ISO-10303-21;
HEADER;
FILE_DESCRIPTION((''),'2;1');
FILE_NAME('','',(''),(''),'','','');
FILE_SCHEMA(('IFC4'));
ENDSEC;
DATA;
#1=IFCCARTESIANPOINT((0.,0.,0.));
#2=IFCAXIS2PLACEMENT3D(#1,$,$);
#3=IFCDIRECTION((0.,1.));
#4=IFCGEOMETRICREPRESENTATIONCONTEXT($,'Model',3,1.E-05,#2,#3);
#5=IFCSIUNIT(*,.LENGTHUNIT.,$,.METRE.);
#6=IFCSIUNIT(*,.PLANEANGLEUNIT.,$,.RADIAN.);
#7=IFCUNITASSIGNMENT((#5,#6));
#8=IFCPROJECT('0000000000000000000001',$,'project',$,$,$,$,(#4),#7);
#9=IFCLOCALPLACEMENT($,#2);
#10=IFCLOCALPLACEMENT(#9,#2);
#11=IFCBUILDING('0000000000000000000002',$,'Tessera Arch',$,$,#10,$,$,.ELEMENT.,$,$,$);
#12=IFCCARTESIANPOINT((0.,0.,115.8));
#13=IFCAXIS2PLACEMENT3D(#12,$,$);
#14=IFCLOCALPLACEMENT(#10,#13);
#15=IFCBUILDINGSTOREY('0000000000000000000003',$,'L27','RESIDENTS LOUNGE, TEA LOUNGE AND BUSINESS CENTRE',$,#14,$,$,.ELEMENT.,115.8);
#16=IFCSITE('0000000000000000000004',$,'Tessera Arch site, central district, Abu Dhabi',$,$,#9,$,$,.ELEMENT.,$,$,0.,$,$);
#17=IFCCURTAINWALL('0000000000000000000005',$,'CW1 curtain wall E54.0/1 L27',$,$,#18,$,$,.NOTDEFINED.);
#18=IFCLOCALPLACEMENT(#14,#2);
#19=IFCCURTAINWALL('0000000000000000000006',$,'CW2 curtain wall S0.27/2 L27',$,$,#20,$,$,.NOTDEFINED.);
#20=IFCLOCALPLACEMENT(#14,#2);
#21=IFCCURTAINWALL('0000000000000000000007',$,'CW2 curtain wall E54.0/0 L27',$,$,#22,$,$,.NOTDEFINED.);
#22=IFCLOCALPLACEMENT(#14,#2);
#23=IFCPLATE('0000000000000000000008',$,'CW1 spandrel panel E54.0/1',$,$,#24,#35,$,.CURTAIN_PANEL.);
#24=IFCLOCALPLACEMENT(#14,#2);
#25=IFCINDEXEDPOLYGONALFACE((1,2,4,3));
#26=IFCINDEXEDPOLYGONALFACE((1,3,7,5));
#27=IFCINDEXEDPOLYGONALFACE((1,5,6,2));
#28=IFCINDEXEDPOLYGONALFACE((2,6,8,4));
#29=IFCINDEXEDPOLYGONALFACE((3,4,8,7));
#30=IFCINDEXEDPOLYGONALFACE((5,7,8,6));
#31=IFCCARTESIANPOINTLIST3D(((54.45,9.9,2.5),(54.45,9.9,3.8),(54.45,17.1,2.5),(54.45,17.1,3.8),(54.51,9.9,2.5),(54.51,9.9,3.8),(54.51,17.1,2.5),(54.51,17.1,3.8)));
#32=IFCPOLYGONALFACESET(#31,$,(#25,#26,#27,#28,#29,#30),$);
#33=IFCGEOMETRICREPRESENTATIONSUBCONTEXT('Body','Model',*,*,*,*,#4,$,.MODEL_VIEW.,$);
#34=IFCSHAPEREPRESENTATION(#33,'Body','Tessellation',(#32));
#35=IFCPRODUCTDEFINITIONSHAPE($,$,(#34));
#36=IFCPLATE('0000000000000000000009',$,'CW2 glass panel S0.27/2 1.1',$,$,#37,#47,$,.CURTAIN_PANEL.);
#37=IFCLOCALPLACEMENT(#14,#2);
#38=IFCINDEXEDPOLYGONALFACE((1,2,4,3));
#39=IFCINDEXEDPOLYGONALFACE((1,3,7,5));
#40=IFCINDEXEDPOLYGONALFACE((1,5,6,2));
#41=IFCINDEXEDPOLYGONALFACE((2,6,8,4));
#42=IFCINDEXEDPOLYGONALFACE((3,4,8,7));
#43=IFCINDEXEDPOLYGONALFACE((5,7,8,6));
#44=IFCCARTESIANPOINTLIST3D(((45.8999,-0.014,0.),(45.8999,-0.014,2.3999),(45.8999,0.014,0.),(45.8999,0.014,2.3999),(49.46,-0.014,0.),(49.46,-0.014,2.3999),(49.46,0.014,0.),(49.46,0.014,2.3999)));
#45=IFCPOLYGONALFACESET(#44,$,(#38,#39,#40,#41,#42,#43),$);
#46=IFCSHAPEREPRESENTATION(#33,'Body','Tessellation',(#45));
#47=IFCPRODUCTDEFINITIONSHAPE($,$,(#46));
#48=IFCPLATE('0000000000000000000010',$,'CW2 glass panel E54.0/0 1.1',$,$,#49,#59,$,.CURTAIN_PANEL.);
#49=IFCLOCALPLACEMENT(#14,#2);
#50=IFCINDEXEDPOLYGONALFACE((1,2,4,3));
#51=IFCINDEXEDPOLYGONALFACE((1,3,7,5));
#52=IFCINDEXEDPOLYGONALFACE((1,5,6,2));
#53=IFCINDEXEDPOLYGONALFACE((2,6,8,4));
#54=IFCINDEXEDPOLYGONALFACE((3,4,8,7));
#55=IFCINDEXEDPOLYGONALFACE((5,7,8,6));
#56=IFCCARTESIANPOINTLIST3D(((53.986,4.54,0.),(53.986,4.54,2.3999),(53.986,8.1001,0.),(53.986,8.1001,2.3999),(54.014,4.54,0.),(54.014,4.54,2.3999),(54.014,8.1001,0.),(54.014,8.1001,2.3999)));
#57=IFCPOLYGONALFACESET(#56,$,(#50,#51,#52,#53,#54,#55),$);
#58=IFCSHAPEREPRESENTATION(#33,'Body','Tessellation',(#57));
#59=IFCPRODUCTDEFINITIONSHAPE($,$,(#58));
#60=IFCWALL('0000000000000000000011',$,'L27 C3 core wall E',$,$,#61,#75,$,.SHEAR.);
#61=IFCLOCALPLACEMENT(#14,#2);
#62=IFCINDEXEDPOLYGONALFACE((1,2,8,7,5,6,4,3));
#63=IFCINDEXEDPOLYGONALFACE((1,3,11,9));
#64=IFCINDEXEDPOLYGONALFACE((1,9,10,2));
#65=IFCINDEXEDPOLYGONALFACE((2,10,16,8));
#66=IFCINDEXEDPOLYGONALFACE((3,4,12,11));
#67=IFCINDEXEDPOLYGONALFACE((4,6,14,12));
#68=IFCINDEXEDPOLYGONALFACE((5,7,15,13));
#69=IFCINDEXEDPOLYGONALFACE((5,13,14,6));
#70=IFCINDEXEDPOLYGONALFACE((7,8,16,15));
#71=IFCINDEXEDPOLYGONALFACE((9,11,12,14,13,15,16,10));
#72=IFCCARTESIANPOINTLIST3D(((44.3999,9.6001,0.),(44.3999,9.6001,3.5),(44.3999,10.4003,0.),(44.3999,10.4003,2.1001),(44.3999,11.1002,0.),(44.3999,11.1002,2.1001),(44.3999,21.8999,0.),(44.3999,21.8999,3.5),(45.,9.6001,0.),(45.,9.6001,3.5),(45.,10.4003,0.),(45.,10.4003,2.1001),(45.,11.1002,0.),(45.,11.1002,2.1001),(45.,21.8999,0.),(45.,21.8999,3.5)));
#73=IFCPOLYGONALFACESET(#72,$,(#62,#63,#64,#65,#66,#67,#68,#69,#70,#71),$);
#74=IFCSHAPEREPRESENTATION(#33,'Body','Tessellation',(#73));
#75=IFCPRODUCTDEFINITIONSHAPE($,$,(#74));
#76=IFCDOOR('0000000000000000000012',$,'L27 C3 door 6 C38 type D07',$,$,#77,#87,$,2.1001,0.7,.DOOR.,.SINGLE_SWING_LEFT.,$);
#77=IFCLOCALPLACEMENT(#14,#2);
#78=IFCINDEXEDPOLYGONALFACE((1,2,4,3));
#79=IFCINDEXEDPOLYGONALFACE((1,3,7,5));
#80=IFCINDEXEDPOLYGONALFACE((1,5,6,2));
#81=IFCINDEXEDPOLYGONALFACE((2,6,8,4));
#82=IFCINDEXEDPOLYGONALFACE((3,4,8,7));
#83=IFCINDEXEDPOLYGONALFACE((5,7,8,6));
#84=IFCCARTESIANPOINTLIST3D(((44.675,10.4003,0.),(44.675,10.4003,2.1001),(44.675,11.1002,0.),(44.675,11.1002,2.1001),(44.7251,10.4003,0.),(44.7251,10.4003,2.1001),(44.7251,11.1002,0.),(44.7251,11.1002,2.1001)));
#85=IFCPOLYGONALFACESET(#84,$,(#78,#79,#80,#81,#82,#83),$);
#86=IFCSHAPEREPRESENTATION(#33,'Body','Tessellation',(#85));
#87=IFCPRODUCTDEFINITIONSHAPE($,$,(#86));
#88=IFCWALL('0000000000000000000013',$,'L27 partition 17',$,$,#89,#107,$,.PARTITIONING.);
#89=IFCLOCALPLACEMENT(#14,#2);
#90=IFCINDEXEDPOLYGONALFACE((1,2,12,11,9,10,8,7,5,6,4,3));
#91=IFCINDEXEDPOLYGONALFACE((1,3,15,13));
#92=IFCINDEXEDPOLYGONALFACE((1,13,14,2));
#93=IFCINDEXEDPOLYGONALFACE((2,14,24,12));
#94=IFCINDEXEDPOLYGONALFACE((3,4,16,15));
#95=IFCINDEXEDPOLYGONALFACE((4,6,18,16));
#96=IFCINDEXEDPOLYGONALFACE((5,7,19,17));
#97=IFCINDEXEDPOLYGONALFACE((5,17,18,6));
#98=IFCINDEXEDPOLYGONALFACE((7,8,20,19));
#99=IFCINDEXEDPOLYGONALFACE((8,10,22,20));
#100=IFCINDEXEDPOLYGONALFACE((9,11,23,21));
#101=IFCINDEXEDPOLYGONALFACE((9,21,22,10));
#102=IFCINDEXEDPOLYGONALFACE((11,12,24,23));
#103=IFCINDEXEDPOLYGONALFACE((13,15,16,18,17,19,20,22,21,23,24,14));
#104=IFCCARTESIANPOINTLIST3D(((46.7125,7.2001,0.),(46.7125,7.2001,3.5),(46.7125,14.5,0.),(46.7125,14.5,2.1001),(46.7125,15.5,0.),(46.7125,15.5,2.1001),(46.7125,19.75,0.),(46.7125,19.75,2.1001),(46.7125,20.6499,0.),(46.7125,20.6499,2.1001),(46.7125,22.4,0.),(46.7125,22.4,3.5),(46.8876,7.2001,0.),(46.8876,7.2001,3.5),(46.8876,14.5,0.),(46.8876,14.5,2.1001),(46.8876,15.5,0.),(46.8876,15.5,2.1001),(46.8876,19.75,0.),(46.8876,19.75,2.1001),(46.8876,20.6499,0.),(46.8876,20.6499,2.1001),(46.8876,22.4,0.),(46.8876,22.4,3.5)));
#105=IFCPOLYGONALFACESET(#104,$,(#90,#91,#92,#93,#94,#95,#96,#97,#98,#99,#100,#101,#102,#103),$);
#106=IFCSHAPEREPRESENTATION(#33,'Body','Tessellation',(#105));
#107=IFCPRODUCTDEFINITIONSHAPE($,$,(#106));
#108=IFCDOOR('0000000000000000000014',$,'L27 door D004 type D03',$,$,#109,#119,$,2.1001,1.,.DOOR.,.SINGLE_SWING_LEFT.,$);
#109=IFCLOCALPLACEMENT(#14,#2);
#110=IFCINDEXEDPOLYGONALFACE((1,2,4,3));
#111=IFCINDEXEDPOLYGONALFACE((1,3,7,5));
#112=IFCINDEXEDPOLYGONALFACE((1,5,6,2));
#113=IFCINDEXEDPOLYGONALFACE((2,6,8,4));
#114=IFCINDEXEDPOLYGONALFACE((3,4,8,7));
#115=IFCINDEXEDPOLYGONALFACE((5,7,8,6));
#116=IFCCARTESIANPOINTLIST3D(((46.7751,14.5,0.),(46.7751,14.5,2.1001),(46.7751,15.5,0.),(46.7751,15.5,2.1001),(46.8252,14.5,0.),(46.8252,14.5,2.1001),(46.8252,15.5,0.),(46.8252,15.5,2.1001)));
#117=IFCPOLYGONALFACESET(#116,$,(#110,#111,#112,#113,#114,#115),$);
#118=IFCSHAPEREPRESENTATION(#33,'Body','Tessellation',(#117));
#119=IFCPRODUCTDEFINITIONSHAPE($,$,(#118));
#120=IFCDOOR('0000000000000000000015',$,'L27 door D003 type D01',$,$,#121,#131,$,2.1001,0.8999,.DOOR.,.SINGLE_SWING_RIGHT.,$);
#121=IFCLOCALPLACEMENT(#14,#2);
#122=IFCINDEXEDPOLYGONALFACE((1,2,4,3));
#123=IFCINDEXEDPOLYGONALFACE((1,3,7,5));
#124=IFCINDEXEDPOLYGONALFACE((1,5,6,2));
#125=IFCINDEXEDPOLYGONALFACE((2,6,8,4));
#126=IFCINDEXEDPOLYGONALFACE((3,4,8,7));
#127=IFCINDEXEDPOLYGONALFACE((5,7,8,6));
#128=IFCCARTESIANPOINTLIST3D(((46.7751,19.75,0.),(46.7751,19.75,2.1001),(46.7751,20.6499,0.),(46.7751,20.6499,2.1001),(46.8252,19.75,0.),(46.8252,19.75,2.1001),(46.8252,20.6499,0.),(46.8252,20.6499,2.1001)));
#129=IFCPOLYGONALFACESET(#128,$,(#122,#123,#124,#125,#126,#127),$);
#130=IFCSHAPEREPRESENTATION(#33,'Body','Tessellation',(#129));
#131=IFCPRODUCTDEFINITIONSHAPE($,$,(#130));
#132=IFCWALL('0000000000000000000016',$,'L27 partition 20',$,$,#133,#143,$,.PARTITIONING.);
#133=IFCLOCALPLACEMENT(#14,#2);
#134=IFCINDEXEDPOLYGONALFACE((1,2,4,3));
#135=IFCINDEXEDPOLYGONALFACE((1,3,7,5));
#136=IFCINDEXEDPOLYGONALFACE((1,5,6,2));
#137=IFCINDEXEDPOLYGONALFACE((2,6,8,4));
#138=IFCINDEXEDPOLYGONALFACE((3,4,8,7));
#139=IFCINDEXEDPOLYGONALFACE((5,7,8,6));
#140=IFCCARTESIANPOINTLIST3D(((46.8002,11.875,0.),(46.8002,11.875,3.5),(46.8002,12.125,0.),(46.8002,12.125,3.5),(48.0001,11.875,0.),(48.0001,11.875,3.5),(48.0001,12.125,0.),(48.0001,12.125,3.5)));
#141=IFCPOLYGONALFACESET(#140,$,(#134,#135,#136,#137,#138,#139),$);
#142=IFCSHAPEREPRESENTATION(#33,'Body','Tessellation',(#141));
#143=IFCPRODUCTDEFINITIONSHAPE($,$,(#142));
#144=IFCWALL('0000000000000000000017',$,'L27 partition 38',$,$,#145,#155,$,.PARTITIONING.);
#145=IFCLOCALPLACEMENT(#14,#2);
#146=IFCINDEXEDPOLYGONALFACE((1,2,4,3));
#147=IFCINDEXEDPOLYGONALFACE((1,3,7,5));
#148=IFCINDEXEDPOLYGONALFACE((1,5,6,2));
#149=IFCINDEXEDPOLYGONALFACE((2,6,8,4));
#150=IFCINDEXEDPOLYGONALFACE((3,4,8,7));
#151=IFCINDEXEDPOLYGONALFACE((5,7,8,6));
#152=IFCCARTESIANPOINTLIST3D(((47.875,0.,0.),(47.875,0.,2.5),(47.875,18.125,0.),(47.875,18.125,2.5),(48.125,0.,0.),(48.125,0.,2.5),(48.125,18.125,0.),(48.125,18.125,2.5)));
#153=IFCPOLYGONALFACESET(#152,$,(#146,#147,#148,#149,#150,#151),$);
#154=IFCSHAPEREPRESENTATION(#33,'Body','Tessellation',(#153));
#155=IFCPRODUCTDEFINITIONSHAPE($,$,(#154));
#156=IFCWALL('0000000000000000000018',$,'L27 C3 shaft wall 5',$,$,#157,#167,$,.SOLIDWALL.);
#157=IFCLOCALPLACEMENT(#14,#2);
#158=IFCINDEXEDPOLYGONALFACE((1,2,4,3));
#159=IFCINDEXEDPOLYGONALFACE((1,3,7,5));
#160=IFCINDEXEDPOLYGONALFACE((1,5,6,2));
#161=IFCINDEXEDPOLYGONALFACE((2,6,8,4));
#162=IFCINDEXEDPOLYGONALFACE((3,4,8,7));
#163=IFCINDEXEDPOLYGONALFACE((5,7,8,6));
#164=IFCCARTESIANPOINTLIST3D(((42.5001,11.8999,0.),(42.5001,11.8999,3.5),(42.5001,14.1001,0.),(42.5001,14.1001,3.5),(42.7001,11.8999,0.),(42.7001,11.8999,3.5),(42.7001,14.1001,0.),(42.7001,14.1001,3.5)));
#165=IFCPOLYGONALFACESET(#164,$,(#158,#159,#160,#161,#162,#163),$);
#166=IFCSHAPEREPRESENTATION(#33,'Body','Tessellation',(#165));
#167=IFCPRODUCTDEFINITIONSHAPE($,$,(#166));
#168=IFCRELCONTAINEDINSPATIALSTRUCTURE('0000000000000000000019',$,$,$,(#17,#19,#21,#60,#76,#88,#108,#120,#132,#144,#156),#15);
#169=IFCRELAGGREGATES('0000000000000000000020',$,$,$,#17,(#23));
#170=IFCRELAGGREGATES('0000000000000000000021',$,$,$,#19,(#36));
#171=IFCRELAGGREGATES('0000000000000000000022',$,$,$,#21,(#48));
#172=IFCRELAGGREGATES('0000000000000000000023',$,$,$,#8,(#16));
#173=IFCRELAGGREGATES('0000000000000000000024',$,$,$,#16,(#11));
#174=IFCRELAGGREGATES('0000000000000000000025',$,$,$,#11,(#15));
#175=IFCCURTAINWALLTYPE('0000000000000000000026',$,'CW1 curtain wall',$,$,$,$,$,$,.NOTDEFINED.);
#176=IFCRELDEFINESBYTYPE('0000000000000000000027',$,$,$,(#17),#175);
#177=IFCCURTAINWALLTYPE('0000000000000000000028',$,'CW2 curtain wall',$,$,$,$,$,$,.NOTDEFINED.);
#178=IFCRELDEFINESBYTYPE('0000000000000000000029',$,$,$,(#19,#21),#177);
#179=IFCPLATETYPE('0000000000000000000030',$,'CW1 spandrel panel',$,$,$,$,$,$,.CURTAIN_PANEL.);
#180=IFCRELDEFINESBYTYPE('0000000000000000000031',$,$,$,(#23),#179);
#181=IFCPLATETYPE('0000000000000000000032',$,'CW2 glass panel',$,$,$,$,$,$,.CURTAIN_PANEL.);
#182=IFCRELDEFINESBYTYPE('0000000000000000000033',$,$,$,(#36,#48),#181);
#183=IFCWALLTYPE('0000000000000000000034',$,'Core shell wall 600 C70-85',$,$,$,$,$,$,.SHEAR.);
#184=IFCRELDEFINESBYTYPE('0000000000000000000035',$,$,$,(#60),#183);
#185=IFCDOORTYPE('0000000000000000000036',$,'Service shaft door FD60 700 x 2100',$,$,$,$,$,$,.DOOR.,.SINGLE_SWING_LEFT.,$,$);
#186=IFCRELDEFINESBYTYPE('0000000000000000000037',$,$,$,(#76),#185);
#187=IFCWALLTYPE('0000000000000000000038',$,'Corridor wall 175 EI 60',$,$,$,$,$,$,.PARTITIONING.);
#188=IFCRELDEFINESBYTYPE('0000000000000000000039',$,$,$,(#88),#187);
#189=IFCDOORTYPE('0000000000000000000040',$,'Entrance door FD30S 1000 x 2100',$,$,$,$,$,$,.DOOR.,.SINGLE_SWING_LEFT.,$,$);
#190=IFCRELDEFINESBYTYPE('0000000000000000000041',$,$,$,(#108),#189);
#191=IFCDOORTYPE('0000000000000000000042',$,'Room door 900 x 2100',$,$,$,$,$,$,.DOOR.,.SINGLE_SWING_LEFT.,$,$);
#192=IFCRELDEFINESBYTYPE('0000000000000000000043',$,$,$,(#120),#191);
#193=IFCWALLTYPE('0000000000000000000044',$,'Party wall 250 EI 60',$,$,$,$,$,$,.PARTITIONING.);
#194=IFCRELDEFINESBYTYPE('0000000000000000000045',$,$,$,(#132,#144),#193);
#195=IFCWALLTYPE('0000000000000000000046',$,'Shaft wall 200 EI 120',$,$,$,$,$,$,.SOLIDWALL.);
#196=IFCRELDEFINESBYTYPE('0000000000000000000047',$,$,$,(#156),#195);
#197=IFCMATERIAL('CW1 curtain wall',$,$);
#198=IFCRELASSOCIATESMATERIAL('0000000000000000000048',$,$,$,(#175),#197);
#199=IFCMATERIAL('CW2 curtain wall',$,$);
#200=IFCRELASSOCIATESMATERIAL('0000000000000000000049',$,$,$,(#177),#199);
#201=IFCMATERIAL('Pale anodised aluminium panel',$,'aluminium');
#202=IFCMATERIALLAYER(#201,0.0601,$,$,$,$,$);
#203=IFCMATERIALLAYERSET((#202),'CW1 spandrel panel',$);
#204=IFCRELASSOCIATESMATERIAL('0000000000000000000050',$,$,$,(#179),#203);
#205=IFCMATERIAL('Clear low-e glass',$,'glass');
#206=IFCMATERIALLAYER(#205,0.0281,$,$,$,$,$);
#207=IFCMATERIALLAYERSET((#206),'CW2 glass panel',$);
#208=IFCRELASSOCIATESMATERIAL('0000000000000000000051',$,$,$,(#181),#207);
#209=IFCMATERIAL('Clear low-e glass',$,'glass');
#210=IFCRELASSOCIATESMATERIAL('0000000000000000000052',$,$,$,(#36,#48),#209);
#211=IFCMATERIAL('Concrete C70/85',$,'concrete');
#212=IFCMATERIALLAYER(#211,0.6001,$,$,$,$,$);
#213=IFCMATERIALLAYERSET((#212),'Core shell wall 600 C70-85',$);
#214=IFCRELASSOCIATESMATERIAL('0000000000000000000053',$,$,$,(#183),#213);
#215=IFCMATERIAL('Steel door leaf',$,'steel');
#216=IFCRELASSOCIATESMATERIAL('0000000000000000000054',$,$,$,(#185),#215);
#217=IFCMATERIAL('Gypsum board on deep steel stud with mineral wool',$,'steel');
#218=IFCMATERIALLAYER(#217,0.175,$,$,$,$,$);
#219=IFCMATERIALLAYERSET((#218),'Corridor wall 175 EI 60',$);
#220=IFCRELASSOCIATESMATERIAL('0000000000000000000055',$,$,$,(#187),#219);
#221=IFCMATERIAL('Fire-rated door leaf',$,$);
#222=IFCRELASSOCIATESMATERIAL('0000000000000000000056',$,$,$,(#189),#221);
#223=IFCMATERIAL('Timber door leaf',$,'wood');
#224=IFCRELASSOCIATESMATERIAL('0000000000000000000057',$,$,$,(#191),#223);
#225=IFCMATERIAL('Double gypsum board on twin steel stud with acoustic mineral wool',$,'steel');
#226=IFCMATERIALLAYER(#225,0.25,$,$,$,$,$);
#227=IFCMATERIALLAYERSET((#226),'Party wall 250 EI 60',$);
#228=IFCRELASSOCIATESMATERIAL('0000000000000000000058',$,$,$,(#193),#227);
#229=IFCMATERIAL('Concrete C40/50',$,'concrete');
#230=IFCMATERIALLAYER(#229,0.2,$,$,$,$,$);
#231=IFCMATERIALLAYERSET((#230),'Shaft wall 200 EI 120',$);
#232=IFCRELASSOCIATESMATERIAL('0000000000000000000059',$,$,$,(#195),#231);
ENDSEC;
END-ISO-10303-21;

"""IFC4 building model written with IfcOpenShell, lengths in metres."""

from ifc_helpers import new_model, si_unit, direction, frame, frame_2d, origin, origin_2d, place, context, subcontext, project, spatial, rectangle, extrude, material, layer, layer_set, type_object, element, fill, aggregate, save


model = new_model("IFC4")

# Units and contexts
model_context = context("Model", 3, precision=1e-05, world=origin(), true_north=direction((0.0, 1.0)))
body_context = subcontext(model_context, "Body", "Model", "MODEL_VIEW")
ifc_project = project(units=[si_unit("LENGTHUNIT", "METRE"), si_unit("PLANEANGLEUNIT", "RADIAN")], contexts=[model_context])

# Site, building, storey
site_placement = place(None, origin())
site = spatial("IfcSite", under=ifc_project, at=site_placement, Name="Tessera Arch site, central district, Abu Dhabi", CompositionType="ELEMENT", RefElevation=0.0)
building_placement = place(site_placement, origin())
building = spatial("IfcBuilding", under=site, at=building_placement, Name="Tessera Arch", CompositionType="ELEMENT")
storey_placement = place(building_placement, frame((0.0, 0.0, 115.8)))
storey = spatial("IfcBuildingStorey", under=building, at=storey_placement, Name="L27", Description="RESIDENTS LOUNGE, TEA LOUNGE AND BUSINESS CENTRE", CompositionType="ELEMENT", Elevation=115.8)

# Curtain wall
ifc_material_1 = material(Name="CW1 curtain wall")
curtain_wall_type_1 = type_object("IfcCurtainWallType", Name="CW1 curtain wall", PredefinedType="NOTDEFINED", material=ifc_material_1)
curtain_wall_1_placement = place(storey_placement, origin())
curtain_wall_1 = element("IfcCurtainWall", 1, at=curtain_wall_1_placement, inside=storey, type_object=curtain_wall_type_1, Name="CW1 curtain wall E54.0/1 L27", PredefinedType="NOTDEFINED")

# Curtain walls
ifc_material_2 = material(Name="CW2 curtain wall")
curtain_wall_type_2 = type_object("IfcCurtainWallType", Name="CW2 curtain wall", PredefinedType="NOTDEFINED", material=ifc_material_2)
curtain_wall_2_placement = place(storey_placement, origin())
curtain_wall_2 = element("IfcCurtainWall", 2, at=curtain_wall_2_placement, inside=storey, type_object=curtain_wall_type_2, Name="CW2 curtain wall S0.27/2 L27", PredefinedType="NOTDEFINED")
curtain_wall_3_placement = place(storey_placement, origin())
curtain_wall_3 = element("IfcCurtainWall", 3, at=curtain_wall_3_placement, inside=storey, type_object=curtain_wall_type_2, Name="CW2 curtain wall E54.0/0 L27", PredefinedType="NOTDEFINED")

# Shared definitions
ifc_material_3 = material(Name="Clear low-e glass", Category="glass")

# Plates
ifc_material_4 = material(Name="Pale anodised aluminium panel", Category="aluminium")
ifc_layer_1 = layer(ifc_material_4, 0.0601)
ifc_layer_set_1 = layer_set([ifc_layer_1], Name="CW1 spandrel panel")
plate_type_1 = type_object("IfcPlateType", Name="CW1 spandrel panel", PredefinedType="CURTAIN_PANEL", material=ifc_layer_set_1)
plate_1_placement = place(storey_placement, frame((54.48, 13.5, 2.5), z_axis=(0.0, 0.0, 1.0), x_axis=(0.0, 1.0, 0.0)))
plate_1 = element("IfcPlate", 4, at=plate_1_placement, type_object=plate_type_1, Name="CW1 spandrel panel E54.0/1", PredefinedType="CURTAIN_PANEL", context=body_context, shape_type="SweptSolid", body=[
    extrude(rectangle(XDim=7.2, YDim=0.0601, at=origin_2d()), origin(), (0.0, 0.0, 1.0), 1.3),
])
aggregate(curtain_wall_1, [plate_1])
ifc_material_5 = material(Name="Clear low-e glass", Category="glass")
ifc_layer_2 = layer(ifc_material_5, 0.0281)
ifc_layer_set_2 = layer_set([ifc_layer_2], Name="CW2 glass panel")
plate_type_2 = type_object("IfcPlateType", Name="CW2 glass panel", PredefinedType="CURTAIN_PANEL", material=ifc_layer_set_2)
plate_2_placement = place(storey_placement, frame((47.6799, 0.0, 0.0), z_axis=(0.0, 0.0, 1.0), x_axis=(1.0, 0.0, 0.0)))
plate_2 = element("IfcPlate", 5, at=plate_2_placement, type_object=plate_type_2, material=ifc_material_3, Name="CW2 glass panel S0.27/2 1.1", PredefinedType="CURTAIN_PANEL", context=body_context, shape_type="SweptSolid", body=[
    extrude(rectangle(XDim=3.5601, YDim=0.0281, at=origin_2d()), origin(), (0.0, 0.0, 1.0), 2.3999),
])
aggregate(curtain_wall_2, [plate_2])
plate_3_placement = place(storey_placement, frame((54.0, 6.3201, 0.0), z_axis=(0.0, 0.0, 1.0), x_axis=(0.0, 1.0, 0.0)))
plate_3 = element("IfcPlate", 6, at=plate_3_placement, type_object=plate_type_2, material=ifc_material_3, Name="CW2 glass panel E54.0/0 1.1", PredefinedType="CURTAIN_PANEL", context=body_context, shape_type="SweptSolid", body=[
    extrude(rectangle(XDim=3.5601, YDim=0.0281, at=origin_2d()), origin(), (0.0, 0.0, 1.0), 2.3999),
])
aggregate(curtain_wall_3, [plate_3])

# Wall, opening, door
ifc_material_6 = material(Name="Concrete C70/85", Category="concrete")
ifc_layer_3 = layer(ifc_material_6, 0.6001)
ifc_layer_set_3 = layer_set([ifc_layer_3], Name="Core shell wall 600 C70-85")
wall_type_1 = type_object("IfcWallType", Name="Core shell wall 600 C70-85", PredefinedType="SHEAR", material=ifc_layer_set_3)
wall_1_placement = place(storey_placement, frame((44.7, 9.6001, 0.0), z_axis=(0.0, 0.0, 1.0), x_axis=(0.0, 1.0, 0.0)))
wall_1 = element("IfcWall", 7, at=wall_1_placement, inside=storey, type_object=wall_type_1, Name="L27 C3 core wall E", PredefinedType="SHEAR", context=body_context, shape_type="SweptSolid", body=[
    extrude(rectangle(XDim=12.2998, YDim=0.6001, at=frame_2d((6.1499, 0.0))), origin(), (0.0, 0.0, 1.0), 3.5),
])
opening_1_placement = place(wall_1_placement, frame((0.8, 0.0, 0.0)))
opening_1 = element("IfcOpeningElement", 8, at=opening_1_placement, cuts=wall_1, PredefinedType="OPENING", context=body_context, shape_type="SweptSolid", body=[
    extrude(rectangle(XDim=0.7, YDim=2.1001, at=frame_2d((0.3501, 1.05))), frame((0.0, 0.3101, 0.0), z_axis=(0.0, -1.0, 0.0), x_axis=(1.0, 0.0, 0.0)), (0.0, 0.0, 1.0), 0.6201),
])
ifc_material_7 = material(Name="Steel door leaf", Category="steel")
door_type_1 = type_object("IfcDoorType", Name="Service shaft door FD60 700 x 2100", OperationType="SINGLE_SWING_LEFT", PredefinedType="DOOR", material=ifc_material_7)
door_1_placement = place(opening_1_placement, origin())
door_1 = element("IfcDoor", 9, at=door_1_placement, inside=storey, type_object=door_type_1, Name="L27 C3 door 6 C38 type D07", OperationType="SINGLE_SWING_LEFT", OverallHeight=2.1001, OverallWidth=0.7, PredefinedType="DOOR", context=body_context, shape_type="SweptSolid", body=[
    extrude(rectangle(XDim=0.7, YDim=2.1001, at=frame_2d((0.3501, 1.05))), frame((0.0, 0.0249, 0.0), z_axis=(0.0, -1.0, 0.0), x_axis=(1.0, 0.0, 0.0)), (0.0, 0.0, 1.0), 0.05),
])
fill(opening_1, door_1)

# Wall, openings, doors
ifc_material_8 = material(Name="Gypsum board on deep steel stud with mineral wool", Category="steel")
ifc_layer_4 = layer(ifc_material_8, 0.175)
ifc_layer_set_4 = layer_set([ifc_layer_4], Name="Corridor wall 175 EI 60")
wall_type_2 = type_object("IfcWallType", Name="Corridor wall 175 EI 60", PredefinedType="PARTITIONING", material=ifc_layer_set_4)
wall_2_placement = place(storey_placement, frame((46.8, 7.2, 0.0), z_axis=(0.0, 0.0, 1.0), x_axis=(0.0, 1.0, 0.0)))
wall_2 = element("IfcWall", 10, at=wall_2_placement, inside=storey, type_object=wall_type_2, Name="L27 partition 17", PredefinedType="PARTITIONING", context=body_context, shape_type="SweptSolid", body=[
    extrude(rectangle(XDim=15.2, YDim=0.175, at=frame_2d((7.6001, 0.0))), origin(), (0.0, 0.0, 1.0), 3.5),
])
opening_2_placement = place(wall_2_placement, frame((12.55, 0.0, 0.0)))
opening_2 = element("IfcOpeningElement", 11, at=opening_2_placement, cuts=wall_2, PredefinedType="OPENING", context=body_context, shape_type="SweptSolid", body=[
    extrude(rectangle(XDim=0.8999, YDim=2.1001, at=frame_2d((0.45, 1.05))), frame((0.0, 0.0974, 0.0), z_axis=(0.0, -1.0, 0.0), x_axis=(1.0, 0.0, 0.0)), (0.0, 0.0, 1.0), 0.1951),
])
opening_3_placement = place(wall_2_placement, frame((7.3, 0.0, 0.0)))
opening_3 = element("IfcOpeningElement", 12, at=opening_3_placement, cuts=wall_2, PredefinedType="OPENING", context=body_context, shape_type="SweptSolid", body=[
    extrude(rectangle(XDim=1.0, YDim=2.1001, at=frame_2d((0.5, 1.05))), frame((0.0, 0.0974, 0.0), z_axis=(0.0, -1.0, 0.0), x_axis=(1.0, 0.0, 0.0)), (0.0, 0.0, 1.0), 0.1951),
])
ifc_material_9 = material(Name="Fire-rated door leaf")
door_type_2 = type_object("IfcDoorType", Name="Entrance door FD30S 1000 x 2100", OperationType="SINGLE_SWING_LEFT", PredefinedType="DOOR", material=ifc_material_9)
door_2_placement = place(opening_3_placement, origin())
door_2 = element("IfcDoor", 13, at=door_2_placement, inside=storey, type_object=door_type_2, Name="L27 door D004 type D03", OperationType="SINGLE_SWING_LEFT", OverallHeight=2.1001, OverallWidth=1.0, PredefinedType="DOOR", context=body_context, shape_type="SweptSolid", body=[
    extrude(rectangle(XDim=1.0, YDim=2.1001, at=frame_2d((0.5, 1.05))), frame((0.0, 0.0249, 0.0), z_axis=(0.0, -1.0, 0.0), x_axis=(1.0, 0.0, 0.0)), (0.0, 0.0, 1.0), 0.05),
])
fill(opening_3, door_2)
ifc_material_10 = material(Name="Timber door leaf", Category="wood")
door_type_3 = type_object("IfcDoorType", Name="Room door 900 x 2100", OperationType="SINGLE_SWING_LEFT", PredefinedType="DOOR", material=ifc_material_10)
door_3_placement = place(opening_2_placement, origin())
door_3 = element("IfcDoor", 14, at=door_3_placement, inside=storey, type_object=door_type_3, Name="L27 door D003 type D01", OperationType="SINGLE_SWING_RIGHT", OverallHeight=2.1001, OverallWidth=0.8999, PredefinedType="DOOR", context=body_context, shape_type="SweptSolid", body=[
    extrude(rectangle(XDim=0.8999, YDim=2.1001, at=frame_2d((0.45, 1.05))), frame((0.0, 0.0249, 0.0), z_axis=(0.0, -1.0, 0.0), x_axis=(1.0, 0.0, 0.0)), (0.0, 0.0, 1.0), 0.05),
])
fill(opening_2, door_3)

# Walls
ifc_material_11 = material(Name="Double gypsum board on twin steel stud with acoustic mineral wool", Category="steel")
ifc_layer_5 = layer(ifc_material_11, 0.25)
ifc_layer_set_5 = layer_set([ifc_layer_5], Name="Party wall 250 EI 60")
wall_type_3 = type_object("IfcWallType", Name="Party wall 250 EI 60", PredefinedType="PARTITIONING", material=ifc_layer_set_5)
wall_3_placement = place(storey_placement, frame((46.8, 12.0, 0.0), z_axis=(0.0, 0.0, 1.0), x_axis=(1.0, 0.0, 0.0)))
element("IfcWall", 15, at=wall_3_placement, inside=storey, type_object=wall_type_3, Name="L27 partition 20", PredefinedType="PARTITIONING", context=body_context, shape_type="SweptSolid", body=[
    extrude(rectangle(XDim=1.2, YDim=0.25, at=frame_2d((0.6001, 0.0))), origin(), (0.0, 0.0, 1.0), 3.5),
])
wall_4_placement = place(storey_placement, frame((48.0, 0.0, 0.0), z_axis=(0.0, 0.0, 1.0), x_axis=(0.0, 1.0, 0.0)))
element("IfcWall", 16, at=wall_4_placement, inside=storey, type_object=wall_type_3, Name="L27 partition 38", PredefinedType="PARTITIONING", context=body_context, shape_type="SweptSolid", body=[
    extrude(rectangle(XDim=18.125, YDim=0.25, at=frame_2d((9.0625, 0.0))), origin(), (0.0, 0.0, 1.0), 2.5),
])
ifc_material_12 = material(Name="Concrete C40/50", Category="concrete")
ifc_layer_6 = layer(ifc_material_12, 0.2)
ifc_layer_set_6 = layer_set([ifc_layer_6], Name="Shaft wall 200 EI 120")
wall_type_4 = type_object("IfcWallType", Name="Shaft wall 200 EI 120", PredefinedType="SOLIDWALL", material=ifc_layer_set_6)
wall_5_placement = place(storey_placement, frame((42.6001, 11.8999, 0.0), z_axis=(0.0, 0.0, 1.0), x_axis=(0.0, 1.0, 0.0)))
element("IfcWall", 17, at=wall_5_placement, inside=storey, type_object=wall_type_4, Name="L27 C3 shaft wall 5", PredefinedType="SOLIDWALL", context=body_context, shape_type="SweptSolid", body=[
    extrude(rectangle(XDim=2.2002, YDim=0.2, at=frame_2d((1.1001, 0.0))), origin(), (0.0, 0.0, 1.0), 3.5),
])

save(model, "model.ifc")
